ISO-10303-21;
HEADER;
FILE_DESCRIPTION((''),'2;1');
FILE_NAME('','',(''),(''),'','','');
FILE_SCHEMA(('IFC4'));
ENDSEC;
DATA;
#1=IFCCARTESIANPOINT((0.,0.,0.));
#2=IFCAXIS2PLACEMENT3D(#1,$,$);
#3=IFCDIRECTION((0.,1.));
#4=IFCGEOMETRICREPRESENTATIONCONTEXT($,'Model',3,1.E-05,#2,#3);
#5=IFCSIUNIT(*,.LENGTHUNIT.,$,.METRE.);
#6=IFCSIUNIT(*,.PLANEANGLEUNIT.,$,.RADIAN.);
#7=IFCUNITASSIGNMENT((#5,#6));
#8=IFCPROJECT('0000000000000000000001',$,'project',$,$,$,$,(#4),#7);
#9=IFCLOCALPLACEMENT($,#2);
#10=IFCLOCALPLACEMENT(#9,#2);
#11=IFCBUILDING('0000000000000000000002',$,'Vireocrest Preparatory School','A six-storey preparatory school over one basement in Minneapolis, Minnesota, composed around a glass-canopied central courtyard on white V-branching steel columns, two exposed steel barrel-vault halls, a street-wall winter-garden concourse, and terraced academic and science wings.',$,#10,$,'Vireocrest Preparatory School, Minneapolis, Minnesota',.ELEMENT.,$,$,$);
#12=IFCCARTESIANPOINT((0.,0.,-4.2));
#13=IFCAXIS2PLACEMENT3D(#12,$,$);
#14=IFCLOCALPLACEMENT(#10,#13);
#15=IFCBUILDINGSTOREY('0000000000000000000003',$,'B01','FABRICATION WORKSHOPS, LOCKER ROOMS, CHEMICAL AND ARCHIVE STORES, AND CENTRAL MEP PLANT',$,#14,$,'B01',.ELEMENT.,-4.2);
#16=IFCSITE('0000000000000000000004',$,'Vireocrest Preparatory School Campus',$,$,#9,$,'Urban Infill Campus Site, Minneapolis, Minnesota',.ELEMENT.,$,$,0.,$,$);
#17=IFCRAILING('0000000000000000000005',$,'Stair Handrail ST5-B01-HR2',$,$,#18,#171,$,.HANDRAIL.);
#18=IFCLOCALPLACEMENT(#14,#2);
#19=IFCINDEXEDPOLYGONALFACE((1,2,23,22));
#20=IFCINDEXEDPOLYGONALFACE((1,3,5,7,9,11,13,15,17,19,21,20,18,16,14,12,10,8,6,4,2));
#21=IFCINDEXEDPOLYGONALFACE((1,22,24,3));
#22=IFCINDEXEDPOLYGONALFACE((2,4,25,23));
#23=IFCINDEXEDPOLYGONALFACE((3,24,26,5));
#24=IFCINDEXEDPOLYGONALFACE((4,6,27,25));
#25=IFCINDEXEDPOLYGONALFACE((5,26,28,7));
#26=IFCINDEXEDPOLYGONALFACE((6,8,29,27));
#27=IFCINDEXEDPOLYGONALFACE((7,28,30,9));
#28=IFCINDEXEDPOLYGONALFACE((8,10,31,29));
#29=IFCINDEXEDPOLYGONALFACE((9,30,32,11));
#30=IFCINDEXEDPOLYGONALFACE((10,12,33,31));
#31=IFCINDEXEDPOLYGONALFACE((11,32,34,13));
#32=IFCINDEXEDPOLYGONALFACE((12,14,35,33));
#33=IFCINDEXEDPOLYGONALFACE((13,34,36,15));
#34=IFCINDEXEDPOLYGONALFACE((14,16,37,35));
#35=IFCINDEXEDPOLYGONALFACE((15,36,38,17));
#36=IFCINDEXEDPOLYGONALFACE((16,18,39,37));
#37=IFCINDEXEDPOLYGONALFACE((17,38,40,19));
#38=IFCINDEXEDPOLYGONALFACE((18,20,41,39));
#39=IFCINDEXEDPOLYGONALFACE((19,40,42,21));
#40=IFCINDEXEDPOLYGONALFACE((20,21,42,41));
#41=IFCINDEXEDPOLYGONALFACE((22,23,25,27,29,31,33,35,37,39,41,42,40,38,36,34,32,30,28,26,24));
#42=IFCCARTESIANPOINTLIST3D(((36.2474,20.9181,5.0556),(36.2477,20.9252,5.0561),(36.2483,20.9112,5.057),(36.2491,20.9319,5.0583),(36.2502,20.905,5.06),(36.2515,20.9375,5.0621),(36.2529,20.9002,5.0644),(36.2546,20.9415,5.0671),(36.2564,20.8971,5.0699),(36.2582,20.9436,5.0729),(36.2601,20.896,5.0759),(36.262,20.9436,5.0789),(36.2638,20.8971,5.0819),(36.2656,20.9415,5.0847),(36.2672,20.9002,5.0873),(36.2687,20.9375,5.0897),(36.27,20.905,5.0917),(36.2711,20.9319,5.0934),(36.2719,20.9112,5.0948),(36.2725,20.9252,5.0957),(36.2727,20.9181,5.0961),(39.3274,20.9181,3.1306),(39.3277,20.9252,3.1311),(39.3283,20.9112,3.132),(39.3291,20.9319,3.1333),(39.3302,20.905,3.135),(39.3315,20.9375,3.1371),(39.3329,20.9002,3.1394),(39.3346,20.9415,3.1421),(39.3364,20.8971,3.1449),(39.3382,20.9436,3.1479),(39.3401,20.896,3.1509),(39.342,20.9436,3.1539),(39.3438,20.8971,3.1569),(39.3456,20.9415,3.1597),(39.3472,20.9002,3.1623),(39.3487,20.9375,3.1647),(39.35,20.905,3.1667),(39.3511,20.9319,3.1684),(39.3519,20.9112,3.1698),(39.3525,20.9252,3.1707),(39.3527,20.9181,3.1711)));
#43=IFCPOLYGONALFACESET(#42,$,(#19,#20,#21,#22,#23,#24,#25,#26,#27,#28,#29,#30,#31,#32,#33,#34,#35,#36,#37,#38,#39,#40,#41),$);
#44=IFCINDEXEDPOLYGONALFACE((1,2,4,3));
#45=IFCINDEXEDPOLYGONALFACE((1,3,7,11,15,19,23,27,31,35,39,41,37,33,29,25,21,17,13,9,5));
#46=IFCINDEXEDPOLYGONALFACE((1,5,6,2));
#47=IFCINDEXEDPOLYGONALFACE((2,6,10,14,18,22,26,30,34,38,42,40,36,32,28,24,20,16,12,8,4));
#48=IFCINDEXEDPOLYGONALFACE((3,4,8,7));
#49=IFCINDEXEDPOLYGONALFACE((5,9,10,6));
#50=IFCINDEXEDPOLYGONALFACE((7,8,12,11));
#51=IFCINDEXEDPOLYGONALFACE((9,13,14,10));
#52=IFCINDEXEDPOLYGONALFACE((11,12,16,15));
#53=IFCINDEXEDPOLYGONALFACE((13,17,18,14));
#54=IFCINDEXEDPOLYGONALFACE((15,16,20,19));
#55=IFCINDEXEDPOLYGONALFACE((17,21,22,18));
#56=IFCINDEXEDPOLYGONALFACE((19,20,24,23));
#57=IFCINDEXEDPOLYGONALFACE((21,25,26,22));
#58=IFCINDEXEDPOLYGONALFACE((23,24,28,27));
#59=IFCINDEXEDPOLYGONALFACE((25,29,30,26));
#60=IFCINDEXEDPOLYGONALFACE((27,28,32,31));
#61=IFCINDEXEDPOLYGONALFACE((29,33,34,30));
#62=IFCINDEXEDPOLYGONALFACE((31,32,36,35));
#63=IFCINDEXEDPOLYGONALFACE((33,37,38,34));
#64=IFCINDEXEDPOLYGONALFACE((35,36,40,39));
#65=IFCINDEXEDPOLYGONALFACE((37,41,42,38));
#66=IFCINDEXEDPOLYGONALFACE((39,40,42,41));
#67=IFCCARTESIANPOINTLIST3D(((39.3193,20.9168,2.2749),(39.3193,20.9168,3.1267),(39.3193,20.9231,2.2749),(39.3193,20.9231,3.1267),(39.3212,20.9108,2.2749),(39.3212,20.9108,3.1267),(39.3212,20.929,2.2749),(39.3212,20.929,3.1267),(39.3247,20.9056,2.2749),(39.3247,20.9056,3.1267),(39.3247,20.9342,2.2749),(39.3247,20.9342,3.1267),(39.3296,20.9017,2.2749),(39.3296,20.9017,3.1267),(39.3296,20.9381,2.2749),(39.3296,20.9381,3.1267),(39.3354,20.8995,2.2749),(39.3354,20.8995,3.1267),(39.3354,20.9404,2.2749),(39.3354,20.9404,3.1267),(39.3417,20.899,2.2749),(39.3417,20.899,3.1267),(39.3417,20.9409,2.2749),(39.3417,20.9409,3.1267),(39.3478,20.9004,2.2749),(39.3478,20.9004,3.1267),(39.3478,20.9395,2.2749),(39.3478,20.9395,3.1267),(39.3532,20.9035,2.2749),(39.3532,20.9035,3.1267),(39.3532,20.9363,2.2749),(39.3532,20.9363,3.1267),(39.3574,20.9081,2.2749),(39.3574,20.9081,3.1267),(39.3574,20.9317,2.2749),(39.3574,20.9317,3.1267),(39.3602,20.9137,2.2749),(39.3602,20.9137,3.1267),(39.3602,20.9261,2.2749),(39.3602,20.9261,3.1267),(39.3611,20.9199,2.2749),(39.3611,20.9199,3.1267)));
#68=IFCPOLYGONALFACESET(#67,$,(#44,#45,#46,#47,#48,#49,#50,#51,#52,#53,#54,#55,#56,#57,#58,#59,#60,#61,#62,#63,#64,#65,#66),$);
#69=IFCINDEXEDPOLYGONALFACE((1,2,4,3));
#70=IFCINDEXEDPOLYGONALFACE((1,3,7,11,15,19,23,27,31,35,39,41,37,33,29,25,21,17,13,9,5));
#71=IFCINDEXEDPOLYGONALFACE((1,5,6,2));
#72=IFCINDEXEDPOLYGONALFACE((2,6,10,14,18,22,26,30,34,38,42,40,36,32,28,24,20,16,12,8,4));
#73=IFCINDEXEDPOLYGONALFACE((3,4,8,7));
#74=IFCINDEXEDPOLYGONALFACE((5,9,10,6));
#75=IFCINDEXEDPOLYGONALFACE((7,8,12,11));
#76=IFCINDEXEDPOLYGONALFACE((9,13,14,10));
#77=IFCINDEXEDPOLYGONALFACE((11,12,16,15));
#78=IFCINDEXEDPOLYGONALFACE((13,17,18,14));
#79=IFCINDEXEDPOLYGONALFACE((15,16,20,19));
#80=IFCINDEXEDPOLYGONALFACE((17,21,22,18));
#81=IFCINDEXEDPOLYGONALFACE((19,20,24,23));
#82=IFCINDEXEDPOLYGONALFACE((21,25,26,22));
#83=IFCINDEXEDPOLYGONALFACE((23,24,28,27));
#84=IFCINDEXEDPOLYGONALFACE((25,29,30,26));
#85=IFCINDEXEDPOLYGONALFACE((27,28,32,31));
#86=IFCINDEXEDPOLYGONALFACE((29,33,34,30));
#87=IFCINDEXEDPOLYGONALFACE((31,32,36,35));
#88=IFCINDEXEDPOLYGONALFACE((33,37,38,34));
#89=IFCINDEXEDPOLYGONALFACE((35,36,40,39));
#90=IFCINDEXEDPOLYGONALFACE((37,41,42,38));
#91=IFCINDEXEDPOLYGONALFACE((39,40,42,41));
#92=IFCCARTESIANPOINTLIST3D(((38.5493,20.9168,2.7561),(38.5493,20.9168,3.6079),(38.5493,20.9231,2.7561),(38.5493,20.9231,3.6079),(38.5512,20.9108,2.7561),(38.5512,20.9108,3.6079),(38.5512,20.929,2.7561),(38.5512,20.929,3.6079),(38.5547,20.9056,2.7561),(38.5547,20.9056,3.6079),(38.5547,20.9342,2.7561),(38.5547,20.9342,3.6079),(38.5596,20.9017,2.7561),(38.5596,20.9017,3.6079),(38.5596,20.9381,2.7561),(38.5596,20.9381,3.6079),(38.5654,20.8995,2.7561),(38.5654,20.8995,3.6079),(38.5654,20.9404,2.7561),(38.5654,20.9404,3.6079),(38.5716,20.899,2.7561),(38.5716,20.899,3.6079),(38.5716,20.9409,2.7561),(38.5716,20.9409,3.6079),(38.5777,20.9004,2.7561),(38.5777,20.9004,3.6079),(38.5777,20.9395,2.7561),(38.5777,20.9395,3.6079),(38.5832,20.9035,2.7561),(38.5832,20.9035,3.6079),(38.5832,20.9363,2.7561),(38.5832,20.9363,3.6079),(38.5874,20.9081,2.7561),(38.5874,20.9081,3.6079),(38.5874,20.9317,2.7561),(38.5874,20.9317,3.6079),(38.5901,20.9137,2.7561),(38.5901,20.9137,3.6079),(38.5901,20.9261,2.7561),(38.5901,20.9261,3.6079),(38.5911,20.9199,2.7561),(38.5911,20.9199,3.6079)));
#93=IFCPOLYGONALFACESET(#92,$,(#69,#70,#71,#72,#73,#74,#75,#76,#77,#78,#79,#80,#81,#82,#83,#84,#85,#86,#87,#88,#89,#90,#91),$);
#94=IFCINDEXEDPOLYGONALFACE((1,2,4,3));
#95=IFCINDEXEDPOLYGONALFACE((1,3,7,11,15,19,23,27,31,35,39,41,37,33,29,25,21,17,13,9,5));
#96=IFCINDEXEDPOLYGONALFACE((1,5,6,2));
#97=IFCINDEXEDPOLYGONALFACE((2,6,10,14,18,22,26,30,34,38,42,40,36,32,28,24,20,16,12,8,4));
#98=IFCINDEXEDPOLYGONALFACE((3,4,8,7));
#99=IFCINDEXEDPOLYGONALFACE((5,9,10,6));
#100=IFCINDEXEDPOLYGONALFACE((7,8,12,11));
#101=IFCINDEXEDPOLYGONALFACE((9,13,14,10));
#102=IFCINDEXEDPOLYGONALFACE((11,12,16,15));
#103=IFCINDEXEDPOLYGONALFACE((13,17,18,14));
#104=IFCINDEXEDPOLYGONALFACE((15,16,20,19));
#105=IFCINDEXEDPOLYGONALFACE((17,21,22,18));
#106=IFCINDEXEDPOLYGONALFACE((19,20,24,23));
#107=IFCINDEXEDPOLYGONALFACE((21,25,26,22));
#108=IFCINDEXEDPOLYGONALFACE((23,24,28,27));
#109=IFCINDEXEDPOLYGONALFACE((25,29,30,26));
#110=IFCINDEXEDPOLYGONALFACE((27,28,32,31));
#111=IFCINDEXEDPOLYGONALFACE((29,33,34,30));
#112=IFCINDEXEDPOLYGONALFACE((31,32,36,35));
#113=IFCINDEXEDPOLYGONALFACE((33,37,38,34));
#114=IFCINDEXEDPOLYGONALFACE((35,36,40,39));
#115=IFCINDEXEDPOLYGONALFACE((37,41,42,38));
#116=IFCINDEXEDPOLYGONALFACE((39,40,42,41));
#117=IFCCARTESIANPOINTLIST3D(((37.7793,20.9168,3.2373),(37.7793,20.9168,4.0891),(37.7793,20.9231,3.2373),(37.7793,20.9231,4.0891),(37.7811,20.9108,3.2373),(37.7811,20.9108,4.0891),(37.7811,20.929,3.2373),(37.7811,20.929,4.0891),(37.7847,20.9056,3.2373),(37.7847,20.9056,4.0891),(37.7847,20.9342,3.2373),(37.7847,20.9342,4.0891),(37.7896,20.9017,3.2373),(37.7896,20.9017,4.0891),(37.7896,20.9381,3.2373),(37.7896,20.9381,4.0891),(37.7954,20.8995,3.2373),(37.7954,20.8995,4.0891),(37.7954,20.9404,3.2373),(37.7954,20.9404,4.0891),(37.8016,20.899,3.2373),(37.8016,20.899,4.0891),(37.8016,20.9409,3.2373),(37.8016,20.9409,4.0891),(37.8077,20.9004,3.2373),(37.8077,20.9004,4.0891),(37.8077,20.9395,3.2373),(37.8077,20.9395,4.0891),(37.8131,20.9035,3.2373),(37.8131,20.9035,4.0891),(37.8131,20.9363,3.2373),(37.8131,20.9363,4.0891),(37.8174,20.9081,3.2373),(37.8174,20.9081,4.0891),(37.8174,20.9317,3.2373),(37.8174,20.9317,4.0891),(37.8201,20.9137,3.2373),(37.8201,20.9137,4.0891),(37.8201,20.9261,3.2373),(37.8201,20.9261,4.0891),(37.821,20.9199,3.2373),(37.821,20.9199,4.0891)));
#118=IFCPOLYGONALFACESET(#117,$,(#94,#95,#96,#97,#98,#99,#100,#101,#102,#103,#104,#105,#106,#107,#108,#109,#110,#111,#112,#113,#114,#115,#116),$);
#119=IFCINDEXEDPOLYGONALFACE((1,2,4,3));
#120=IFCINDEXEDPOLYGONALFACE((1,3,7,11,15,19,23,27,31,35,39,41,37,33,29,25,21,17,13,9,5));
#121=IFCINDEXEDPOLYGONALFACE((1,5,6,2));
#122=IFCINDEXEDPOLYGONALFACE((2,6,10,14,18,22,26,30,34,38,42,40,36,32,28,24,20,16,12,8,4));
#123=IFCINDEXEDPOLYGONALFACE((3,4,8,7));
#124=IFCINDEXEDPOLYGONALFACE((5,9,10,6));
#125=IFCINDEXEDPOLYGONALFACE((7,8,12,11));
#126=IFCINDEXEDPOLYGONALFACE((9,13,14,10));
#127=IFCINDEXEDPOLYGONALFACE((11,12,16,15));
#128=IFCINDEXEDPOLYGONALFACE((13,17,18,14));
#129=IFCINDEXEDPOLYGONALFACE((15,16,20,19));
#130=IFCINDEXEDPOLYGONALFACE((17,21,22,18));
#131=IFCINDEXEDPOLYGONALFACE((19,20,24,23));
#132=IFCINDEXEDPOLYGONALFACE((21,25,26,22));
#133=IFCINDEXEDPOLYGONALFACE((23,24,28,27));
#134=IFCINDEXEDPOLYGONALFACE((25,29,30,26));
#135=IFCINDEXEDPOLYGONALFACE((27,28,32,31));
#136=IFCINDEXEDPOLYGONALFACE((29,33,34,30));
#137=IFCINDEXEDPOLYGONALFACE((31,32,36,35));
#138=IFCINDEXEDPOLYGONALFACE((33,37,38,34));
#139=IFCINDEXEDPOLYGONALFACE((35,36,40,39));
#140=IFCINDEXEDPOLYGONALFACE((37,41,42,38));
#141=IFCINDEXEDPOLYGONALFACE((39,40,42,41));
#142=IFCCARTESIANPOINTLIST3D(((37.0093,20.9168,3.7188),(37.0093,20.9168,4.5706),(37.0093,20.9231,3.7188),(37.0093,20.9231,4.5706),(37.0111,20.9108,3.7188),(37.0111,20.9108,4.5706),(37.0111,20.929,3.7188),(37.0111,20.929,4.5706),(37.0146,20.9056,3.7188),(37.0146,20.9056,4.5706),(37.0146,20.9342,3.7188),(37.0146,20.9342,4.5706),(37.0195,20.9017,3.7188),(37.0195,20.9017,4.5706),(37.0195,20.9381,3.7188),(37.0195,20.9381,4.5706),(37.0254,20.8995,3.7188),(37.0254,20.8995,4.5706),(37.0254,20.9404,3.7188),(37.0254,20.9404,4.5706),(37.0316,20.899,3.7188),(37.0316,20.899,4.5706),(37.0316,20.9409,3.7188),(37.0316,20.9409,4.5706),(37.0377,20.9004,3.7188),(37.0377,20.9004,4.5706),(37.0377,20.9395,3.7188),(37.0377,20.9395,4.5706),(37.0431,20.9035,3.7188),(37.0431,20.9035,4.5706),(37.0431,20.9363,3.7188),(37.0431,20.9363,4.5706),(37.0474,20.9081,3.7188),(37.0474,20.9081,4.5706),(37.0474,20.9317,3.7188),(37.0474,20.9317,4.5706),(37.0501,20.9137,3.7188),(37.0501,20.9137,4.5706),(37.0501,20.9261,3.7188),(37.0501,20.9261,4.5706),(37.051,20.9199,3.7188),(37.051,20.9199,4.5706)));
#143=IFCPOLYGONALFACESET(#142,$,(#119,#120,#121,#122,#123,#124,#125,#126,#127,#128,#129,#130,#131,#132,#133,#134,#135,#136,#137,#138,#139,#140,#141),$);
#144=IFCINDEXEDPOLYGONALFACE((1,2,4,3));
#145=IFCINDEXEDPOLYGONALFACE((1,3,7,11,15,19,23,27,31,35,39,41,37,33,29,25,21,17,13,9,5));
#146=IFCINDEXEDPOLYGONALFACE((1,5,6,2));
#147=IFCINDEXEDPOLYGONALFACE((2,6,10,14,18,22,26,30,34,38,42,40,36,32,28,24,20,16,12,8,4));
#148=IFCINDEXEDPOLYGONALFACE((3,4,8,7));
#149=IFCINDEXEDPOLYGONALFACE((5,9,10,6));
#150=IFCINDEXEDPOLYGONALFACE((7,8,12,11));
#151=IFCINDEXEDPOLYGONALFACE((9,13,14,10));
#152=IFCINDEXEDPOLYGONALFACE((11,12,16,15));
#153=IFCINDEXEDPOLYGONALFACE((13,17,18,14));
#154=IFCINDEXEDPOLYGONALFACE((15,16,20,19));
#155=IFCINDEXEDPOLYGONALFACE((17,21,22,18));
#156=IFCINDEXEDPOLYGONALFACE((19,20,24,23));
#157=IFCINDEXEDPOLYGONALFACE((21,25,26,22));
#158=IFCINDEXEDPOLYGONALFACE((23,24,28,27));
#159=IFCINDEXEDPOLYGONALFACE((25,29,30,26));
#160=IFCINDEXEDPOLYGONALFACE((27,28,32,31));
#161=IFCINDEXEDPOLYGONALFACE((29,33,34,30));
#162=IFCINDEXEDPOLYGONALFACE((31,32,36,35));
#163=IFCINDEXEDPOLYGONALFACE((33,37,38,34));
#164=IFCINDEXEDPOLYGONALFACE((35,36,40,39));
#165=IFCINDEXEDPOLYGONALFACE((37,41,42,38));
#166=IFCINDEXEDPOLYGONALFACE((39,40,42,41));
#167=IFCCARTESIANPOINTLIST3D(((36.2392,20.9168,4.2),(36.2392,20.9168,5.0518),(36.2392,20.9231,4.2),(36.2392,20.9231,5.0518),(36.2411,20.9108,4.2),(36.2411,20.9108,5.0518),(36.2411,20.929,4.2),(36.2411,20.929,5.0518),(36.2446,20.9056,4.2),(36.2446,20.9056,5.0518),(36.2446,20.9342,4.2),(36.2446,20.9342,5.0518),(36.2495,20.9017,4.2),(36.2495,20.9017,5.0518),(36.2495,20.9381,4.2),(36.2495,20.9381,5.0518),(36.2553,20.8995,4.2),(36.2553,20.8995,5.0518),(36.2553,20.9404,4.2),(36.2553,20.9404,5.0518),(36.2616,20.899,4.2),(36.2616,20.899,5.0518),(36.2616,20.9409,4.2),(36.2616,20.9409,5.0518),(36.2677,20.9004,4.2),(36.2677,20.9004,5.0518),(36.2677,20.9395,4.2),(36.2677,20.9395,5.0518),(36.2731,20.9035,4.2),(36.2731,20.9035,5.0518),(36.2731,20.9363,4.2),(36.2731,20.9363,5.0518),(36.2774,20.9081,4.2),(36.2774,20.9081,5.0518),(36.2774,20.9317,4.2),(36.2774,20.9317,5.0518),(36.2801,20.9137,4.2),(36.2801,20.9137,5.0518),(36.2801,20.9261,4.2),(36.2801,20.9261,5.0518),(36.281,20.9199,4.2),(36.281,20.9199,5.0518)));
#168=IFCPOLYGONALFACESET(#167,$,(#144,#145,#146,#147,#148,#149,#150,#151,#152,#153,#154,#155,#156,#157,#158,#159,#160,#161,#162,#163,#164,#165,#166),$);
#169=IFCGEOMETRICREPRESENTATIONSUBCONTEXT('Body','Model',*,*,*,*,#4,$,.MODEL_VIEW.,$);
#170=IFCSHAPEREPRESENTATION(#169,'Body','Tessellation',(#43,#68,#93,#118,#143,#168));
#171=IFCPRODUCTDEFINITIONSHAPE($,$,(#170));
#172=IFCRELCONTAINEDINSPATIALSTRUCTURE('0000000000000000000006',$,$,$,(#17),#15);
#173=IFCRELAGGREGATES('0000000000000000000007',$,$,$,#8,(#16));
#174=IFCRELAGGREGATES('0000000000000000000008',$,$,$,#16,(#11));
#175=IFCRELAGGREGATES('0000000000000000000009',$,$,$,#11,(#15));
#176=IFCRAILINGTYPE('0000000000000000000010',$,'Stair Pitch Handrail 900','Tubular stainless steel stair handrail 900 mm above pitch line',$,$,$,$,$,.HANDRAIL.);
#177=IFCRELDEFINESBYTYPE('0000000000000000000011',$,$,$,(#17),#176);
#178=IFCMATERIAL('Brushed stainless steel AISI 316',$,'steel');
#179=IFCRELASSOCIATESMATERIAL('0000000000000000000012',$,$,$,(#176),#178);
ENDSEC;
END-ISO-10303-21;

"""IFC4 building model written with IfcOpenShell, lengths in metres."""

from ifc_helpers import new_model, si_unit, direction, frame, origin, origin_2d, place, context, subcontext, project, spatial, circle, extrude, material, type_object, element, save


model = new_model("IFC4")

# Units and contexts
model_context = context("Model", 3, precision=1e-05, world=origin(), true_north=direction((0.0, 1.0)))
body_context = subcontext(model_context, "Body", "Model", "MODEL_VIEW")
ifc_project = project(units=[si_unit("LENGTHUNIT", "METRE"), si_unit("PLANEANGLEUNIT", "RADIAN")], contexts=[model_context])

# Site, building, storey
site_placement = place(None, origin())
site = spatial("IfcSite", under=ifc_project, at=site_placement, Name="Vireocrest Preparatory School Campus", LongName="Urban Infill Campus Site, Minneapolis, Minnesota", CompositionType="ELEMENT", RefElevation=0.0)
building_placement = place(site_placement, origin())
building = spatial("IfcBuilding", under=site, at=building_placement, Name="Vireocrest Preparatory School", Description="A six-storey preparatory school over one basement in Minneapolis, Minnesota, composed around a glass-canopied central courtyard on white V-branching steel columns, two exposed steel barrel-vault halls, a street-wall winter-garden concourse, and terraced academic and science wings.", LongName="Vireocrest Preparatory School, Minneapolis, Minnesota", CompositionType="ELEMENT")
storey_placement = place(building_placement, frame((0.0, 0.0, -4.2)))
storey = spatial("IfcBuildingStorey", under=building, at=storey_placement, Name="B01", Description="FABRICATION WORKSHOPS, LOCKER ROOMS, CHEMICAL AND ARCHIVE STORES, AND CENTRAL MEP PLANT", LongName="B01", CompositionType="ELEMENT", Elevation=-4.2)

# Railing
ifc_material_1 = material(Name="Brushed stainless steel AISI 316", Category="steel")
railing_type_1 = type_object("IfcRailingType", Name="Stair Pitch Handrail 900", Description="Tubular stainless steel stair handrail 900 mm above pitch line", PredefinedType="HANDRAIL", material=ifc_material_1)
railing_1_placement = place(storey_placement, frame((39.3401, 20.9199, 2.2749)))
element("IfcRailing", 1, at=railing_1_placement, inside=storey, type_object=railing_type_1, Name="Stair Handrail ST5-B01-HR2", PredefinedType="HANDRAIL", context=body_context, shape_type="SweptSolid", body=[
    extrude(circle(Radius=0.0239, at=origin_2d()), frame((0.0, 0.0, 0.876), z_axis=(-0.847998, 0.0, 0.529999), x_axis=(0.0, -1.0, 0.0)), (0.0, 0.0, 1.0), 3.6321),
    extrude(circle(Radius=0.021, at=origin_2d()), origin(), (0.0, 0.0, 1.0), 0.8518),
    extrude(circle(Radius=0.021, at=origin_2d()), frame((-0.77, 0.0, 0.4812)), (0.0, 0.0, 1.0), 0.8518),
    extrude(circle(Radius=0.021, at=origin_2d()), frame((-1.54, 0.0, 0.9624)), (0.0, 0.0, 1.0), 0.8518),
    extrude(circle(Radius=0.021, at=origin_2d()), frame((-2.3101, 0.0, 1.4438)), (0.0, 0.0, 1.0), 0.8518),
    extrude(circle(Radius=0.021, at=origin_2d()), frame((-3.0801, 0.0, 1.925)), (0.0, 0.0, 1.0), 0.8518),
])

save(model, "model.ifc")
